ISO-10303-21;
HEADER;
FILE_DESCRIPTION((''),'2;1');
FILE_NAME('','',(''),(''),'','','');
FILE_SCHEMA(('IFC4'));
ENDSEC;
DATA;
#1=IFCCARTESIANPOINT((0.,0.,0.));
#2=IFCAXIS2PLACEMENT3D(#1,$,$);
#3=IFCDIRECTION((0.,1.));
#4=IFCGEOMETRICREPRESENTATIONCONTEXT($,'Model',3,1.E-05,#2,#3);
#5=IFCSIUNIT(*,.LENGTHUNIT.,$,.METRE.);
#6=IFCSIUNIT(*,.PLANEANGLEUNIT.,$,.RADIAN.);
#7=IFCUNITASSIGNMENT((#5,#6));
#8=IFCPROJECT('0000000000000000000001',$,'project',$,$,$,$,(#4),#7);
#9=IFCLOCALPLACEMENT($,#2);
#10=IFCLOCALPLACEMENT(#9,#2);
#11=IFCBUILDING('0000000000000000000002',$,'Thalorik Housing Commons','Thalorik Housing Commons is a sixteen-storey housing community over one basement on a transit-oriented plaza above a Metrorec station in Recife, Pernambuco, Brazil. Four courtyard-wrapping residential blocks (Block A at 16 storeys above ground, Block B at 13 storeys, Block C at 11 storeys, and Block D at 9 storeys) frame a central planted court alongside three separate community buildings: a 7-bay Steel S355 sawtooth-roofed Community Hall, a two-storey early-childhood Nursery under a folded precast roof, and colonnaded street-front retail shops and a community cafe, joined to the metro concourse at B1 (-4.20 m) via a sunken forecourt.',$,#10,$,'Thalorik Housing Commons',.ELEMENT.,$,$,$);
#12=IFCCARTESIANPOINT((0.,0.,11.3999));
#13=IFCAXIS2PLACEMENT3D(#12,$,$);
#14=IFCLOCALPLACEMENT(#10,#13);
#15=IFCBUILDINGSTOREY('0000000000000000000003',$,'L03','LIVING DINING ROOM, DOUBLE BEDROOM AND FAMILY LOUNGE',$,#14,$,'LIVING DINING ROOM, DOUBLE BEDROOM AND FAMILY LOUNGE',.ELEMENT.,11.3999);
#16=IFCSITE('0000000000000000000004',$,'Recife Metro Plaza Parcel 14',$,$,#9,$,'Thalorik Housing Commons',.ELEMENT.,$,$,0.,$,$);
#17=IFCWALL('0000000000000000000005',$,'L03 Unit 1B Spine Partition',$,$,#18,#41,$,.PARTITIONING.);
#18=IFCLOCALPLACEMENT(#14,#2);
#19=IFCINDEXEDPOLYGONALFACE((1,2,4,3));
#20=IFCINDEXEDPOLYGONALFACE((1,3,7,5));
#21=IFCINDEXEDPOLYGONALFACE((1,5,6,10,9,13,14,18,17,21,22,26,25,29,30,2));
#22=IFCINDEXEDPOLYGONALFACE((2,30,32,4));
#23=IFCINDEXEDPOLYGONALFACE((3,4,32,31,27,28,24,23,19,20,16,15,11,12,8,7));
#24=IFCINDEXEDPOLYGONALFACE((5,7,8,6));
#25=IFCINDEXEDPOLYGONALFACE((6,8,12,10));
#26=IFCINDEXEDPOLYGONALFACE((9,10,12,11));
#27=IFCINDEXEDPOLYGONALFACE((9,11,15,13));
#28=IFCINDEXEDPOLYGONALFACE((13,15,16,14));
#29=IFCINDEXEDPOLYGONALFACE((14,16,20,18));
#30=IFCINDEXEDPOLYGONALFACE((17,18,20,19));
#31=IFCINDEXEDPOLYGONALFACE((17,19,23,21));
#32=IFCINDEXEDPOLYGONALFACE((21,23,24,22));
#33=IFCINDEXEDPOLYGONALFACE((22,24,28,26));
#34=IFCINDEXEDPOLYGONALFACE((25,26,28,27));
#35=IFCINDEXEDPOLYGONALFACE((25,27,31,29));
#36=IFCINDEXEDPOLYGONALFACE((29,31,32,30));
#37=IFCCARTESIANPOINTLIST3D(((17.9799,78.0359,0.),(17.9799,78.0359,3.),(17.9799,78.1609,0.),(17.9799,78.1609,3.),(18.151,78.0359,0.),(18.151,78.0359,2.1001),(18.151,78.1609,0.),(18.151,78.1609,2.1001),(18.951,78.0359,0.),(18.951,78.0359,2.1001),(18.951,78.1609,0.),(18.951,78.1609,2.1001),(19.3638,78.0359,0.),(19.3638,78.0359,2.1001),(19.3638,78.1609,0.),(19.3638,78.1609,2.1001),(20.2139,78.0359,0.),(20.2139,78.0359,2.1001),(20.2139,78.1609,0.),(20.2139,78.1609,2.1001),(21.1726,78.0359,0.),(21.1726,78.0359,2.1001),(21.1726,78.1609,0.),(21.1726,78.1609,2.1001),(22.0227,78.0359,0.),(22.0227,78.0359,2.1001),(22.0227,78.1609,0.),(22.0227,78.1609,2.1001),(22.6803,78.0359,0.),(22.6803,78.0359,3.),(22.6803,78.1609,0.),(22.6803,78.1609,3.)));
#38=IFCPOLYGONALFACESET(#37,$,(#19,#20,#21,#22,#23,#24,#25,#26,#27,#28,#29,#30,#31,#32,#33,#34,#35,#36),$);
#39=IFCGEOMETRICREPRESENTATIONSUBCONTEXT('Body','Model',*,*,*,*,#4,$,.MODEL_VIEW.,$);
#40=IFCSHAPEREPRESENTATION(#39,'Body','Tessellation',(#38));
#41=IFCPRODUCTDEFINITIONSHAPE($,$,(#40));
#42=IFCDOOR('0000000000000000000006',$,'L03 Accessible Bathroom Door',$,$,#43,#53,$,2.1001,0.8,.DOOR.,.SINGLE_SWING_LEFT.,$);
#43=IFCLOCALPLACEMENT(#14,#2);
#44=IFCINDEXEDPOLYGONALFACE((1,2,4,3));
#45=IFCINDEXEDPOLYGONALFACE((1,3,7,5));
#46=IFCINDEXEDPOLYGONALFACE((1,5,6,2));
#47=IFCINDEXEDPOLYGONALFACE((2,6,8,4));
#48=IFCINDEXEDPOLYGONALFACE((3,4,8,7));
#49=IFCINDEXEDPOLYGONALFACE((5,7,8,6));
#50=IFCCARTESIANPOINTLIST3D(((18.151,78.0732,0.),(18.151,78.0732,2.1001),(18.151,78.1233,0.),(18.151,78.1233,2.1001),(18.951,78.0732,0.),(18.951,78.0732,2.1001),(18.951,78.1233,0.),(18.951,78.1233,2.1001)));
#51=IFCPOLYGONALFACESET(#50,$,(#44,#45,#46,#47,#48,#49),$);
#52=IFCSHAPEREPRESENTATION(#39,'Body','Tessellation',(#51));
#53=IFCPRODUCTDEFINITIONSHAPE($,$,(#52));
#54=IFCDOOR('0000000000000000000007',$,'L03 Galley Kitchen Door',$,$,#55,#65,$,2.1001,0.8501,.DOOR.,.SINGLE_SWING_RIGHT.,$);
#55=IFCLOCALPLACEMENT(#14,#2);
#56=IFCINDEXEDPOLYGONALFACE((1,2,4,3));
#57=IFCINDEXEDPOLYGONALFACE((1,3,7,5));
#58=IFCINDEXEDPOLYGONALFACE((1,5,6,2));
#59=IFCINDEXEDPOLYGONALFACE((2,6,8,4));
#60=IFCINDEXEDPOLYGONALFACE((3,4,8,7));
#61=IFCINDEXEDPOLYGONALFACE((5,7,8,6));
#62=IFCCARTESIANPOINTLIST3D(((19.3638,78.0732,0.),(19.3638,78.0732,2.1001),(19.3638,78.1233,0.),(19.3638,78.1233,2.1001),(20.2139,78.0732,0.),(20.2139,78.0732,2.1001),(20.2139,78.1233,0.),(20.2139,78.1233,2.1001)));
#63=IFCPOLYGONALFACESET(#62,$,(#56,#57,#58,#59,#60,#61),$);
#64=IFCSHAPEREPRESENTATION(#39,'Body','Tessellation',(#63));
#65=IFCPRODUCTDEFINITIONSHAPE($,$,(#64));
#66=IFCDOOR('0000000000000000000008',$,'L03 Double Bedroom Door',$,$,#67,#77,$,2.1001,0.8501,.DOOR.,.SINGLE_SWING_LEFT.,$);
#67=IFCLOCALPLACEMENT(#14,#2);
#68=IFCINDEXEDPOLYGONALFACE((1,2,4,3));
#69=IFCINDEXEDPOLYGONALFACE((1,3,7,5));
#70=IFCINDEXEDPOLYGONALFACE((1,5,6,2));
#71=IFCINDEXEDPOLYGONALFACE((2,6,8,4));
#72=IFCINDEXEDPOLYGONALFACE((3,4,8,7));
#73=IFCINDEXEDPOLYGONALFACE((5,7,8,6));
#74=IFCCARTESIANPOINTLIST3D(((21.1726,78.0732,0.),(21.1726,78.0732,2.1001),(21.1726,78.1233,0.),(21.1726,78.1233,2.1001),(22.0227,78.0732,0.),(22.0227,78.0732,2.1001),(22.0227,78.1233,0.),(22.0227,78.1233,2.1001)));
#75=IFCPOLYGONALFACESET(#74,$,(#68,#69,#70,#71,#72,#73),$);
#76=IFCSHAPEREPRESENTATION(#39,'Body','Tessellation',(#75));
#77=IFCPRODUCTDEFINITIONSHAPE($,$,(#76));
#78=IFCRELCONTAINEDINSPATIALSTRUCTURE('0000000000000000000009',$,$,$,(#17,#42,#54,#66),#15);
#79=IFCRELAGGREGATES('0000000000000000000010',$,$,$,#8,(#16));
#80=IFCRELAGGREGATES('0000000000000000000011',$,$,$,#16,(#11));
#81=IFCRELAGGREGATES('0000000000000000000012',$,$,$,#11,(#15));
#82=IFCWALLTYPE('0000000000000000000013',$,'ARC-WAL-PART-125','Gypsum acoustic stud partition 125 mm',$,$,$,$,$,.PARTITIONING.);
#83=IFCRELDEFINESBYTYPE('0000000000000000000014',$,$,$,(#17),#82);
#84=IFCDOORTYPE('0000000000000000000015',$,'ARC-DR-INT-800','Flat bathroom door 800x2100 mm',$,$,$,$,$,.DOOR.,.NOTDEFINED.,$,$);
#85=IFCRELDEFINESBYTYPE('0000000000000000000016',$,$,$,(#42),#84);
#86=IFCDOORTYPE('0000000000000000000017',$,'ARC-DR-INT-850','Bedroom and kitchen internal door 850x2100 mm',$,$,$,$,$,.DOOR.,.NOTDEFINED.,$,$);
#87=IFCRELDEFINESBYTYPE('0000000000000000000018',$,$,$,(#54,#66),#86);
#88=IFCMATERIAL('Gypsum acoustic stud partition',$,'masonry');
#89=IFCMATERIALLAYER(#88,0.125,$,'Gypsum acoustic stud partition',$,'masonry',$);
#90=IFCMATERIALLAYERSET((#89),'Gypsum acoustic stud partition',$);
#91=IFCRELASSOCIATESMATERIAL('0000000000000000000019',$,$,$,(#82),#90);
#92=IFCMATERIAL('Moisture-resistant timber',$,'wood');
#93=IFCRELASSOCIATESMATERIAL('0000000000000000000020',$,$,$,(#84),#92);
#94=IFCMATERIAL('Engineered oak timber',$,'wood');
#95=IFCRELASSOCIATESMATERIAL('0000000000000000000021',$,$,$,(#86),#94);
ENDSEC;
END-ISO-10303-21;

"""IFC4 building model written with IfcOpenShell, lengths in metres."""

from ifc_helpers import new_model, si_unit, direction, frame, frame_2d, origin, place, context, subcontext, project, spatial, rectangle, extrude, material, layer, layer_set, type_object, element, fill, save


model = new_model("IFC4")

# Units and contexts
model_context = context("Model", 3, precision=1e-05, world=origin(), true_north=direction((0.0, 1.0)))
body_context = subcontext(model_context, "Body", "Model", "MODEL_VIEW")
ifc_project = project(units=[si_unit("LENGTHUNIT", "METRE"), si_unit("PLANEANGLEUNIT", "RADIAN")], contexts=[model_context])

# Site, building, storey
site_placement = place(None, origin())
site = spatial("IfcSite", under=ifc_project, at=site_placement, Name="Recife Metro Plaza Parcel 14", LongName="Thalorik Housing Commons", CompositionType="ELEMENT", RefElevation=0.0)
building_placement = place(site_placement, origin())
building = spatial("IfcBuilding", under=site, at=building_placement, Name="Thalorik Housing Commons", Description="Thalorik Housing Commons is a sixteen-storey housing community over one basement on a transit-oriented plaza above a Metrorec station in Recife, Pernambuco, Brazil. Four courtyard-wrapping residential blocks (Block A at 16 storeys above ground, Block B at 13 storeys, Block C at 11 storeys, and Block D at 9 storeys) frame a central planted court alongside three separate community buildings: a 7-bay Steel S355 sawtooth-roofed Community Hall, a two-storey early-childhood Nursery under a folded precast roof, and colonnaded street-front retail shops and a community cafe, joined to the metro concourse at B1 (-4.20 m) via a sunken forecourt.", LongName="Thalorik Housing Commons", CompositionType="ELEMENT")
storey_placement = place(building_placement, frame((0.0, 0.0, 11.3999)))
storey = spatial("IfcBuildingStorey", under=building, at=storey_placement, Name="L03", Description="LIVING DINING ROOM, DOUBLE BEDROOM AND FAMILY LOUNGE", LongName="LIVING DINING ROOM, DOUBLE BEDROOM AND FAMILY LOUNGE", CompositionType="ELEMENT", Elevation=11.3999)

# Wall, openings, doors
ifc_material_1 = material(Name="Gypsum acoustic stud partition", Category="masonry")
ifc_layer_1 = layer(ifc_material_1, 0.125, Name="Gypsum acoustic stud partition", Category="masonry")
ifc_layer_set_1 = layer_set([ifc_layer_1], Name="Gypsum acoustic stud partition")
wall_type_1 = type_object("IfcWallType", Name="ARC-WAL-PART-125", Description="Gypsum acoustic stud partition 125 mm", PredefinedType="PARTITIONING", material=ifc_layer_set_1)
wall_1_placement = place(storey_placement, frame((17.98, 78.0984, 0.0), z_axis=(0.0, 0.0, 1.0), x_axis=(1.0, 0.0, 0.0)))
wall_1 = element("IfcWall", 1, at=wall_1_placement, inside=storey, type_object=wall_type_1, Name="L03 Unit 1B Spine Partition", PredefinedType="PARTITIONING", context=body_context, shape_type="SweptSolid", body=[
    extrude(rectangle(XDim=4.7004, YDim=0.125, at=frame_2d((2.3501, 0.0))), origin(), (0.0, 0.0, 1.0), 3.0),
])
opening_1_placement = place(wall_1_placement, frame((0.1711, 0.0, 0.0)))
opening_1 = element("IfcOpeningElement", 2, at=opening_1_placement, cuts=wall_1, PredefinedType="OPENING", context=body_context, shape_type="SweptSolid", body=[
    extrude(rectangle(XDim=0.8, YDim=2.1001, at=frame_2d((0.3999, 1.05))), frame((0.0, 0.0725, 0.0), z_axis=(0.0, -1.0, 0.0), x_axis=(1.0, 0.0, 0.0)), (0.0, 0.0, 1.0), 0.145),
])
opening_2_placement = place(wall_1_placement, frame((1.3838, 0.0, 0.0)))
opening_2 = element("IfcOpeningElement", 3, at=opening_2_placement, cuts=wall_1, PredefinedType="OPENING", context=body_context, shape_type="SweptSolid", body=[
    extrude(rectangle(XDim=0.8501, YDim=2.1001, at=frame_2d((0.425, 1.05))), frame((0.0, 0.0725, 0.0), z_axis=(0.0, -1.0, 0.0), x_axis=(1.0, 0.0, 0.0)), (0.0, 0.0, 1.0), 0.145),
])
opening_3_placement = place(wall_1_placement, frame((3.1926, 0.0, 0.0)))
opening_3 = element("IfcOpeningElement", 4, at=opening_3_placement, cuts=wall_1, PredefinedType="OPENING", context=body_context, shape_type="SweptSolid", body=[
    extrude(rectangle(XDim=0.8501, YDim=2.1001, at=frame_2d((0.425, 1.05))), frame((0.0, 0.0725, 0.0), z_axis=(0.0, -1.0, 0.0), x_axis=(1.0, 0.0, 0.0)), (0.0, 0.0, 1.0), 0.145),
])
ifc_material_2 = material(Name="Moisture-resistant timber", Category="wood")
door_type_1 = type_object("IfcDoorType", Name="ARC-DR-INT-800", Description="Flat bathroom door 800x2100 mm", OperationType="NOTDEFINED", PredefinedType="DOOR", material=ifc_material_2)
door_1_placement = place(opening_1_placement, origin())
door_1 = element("IfcDoor", 5, at=door_1_placement, inside=storey, type_object=door_type_1, Name="L03 Accessible Bathroom Door", OperationType="SINGLE_SWING_LEFT", OverallHeight=2.1001, OverallWidth=0.8, PredefinedType="DOOR", context=body_context, shape_type="SweptSolid", body=[
    extrude(rectangle(XDim=0.8, YDim=2.1001, at=frame_2d((0.3999, 1.05))), frame((0.0, 0.0249, 0.0), z_axis=(0.0, -1.0, 0.0), x_axis=(1.0, 0.0, 0.0)), (0.0, 0.0, 1.0), 0.05),
])
fill(opening_1, door_1)
ifc_material_3 = material(Name="Engineered oak timber", Category="wood")
door_type_2 = type_object("IfcDoorType", Name="ARC-DR-INT-850", Description="Bedroom and kitchen internal door 850x2100 mm", OperationType="NOTDEFINED", PredefinedType="DOOR", material=ifc_material_3)
door_2_placement = place(opening_2_placement, origin())
door_2 = element("IfcDoor", 6, at=door_2_placement, inside=storey, type_object=door_type_2, Name="L03 Galley Kitchen Door", OperationType="SINGLE_SWING_RIGHT", OverallHeight=2.1001, OverallWidth=0.8501, PredefinedType="DOOR", context=body_context, shape_type="SweptSolid", body=[
    extrude(rectangle(XDim=0.8501, YDim=2.1001, at=frame_2d((0.425, 1.05))), frame((0.0, 0.0249, 0.0), z_axis=(0.0, -1.0, 0.0), x_axis=(1.0, 0.0, 0.0)), (0.0, 0.0, 1.0), 0.05),
])
fill(opening_2, door_2)
door_3_placement = place(opening_3_placement, origin())
door_3 = element("IfcDoor", 7, at=door_3_placement, inside=storey, type_object=door_type_2, Name="L03 Double Bedroom Door", OperationType="SINGLE_SWING_LEFT", OverallHeight=2.1001, OverallWidth=0.8501, PredefinedType="DOOR", context=body_context, shape_type="SweptSolid", body=[
    extrude(rectangle(XDim=0.8501, YDim=2.1001, at=frame_2d((0.425, 1.05))), frame((0.0, 0.0249, 0.0), z_axis=(0.0, -1.0, 0.0), x_axis=(1.0, 0.0, 0.0)), (0.0, 0.0, 1.0), 0.05),
])
fill(opening_3, door_3)

save(model, "model.ifc")
